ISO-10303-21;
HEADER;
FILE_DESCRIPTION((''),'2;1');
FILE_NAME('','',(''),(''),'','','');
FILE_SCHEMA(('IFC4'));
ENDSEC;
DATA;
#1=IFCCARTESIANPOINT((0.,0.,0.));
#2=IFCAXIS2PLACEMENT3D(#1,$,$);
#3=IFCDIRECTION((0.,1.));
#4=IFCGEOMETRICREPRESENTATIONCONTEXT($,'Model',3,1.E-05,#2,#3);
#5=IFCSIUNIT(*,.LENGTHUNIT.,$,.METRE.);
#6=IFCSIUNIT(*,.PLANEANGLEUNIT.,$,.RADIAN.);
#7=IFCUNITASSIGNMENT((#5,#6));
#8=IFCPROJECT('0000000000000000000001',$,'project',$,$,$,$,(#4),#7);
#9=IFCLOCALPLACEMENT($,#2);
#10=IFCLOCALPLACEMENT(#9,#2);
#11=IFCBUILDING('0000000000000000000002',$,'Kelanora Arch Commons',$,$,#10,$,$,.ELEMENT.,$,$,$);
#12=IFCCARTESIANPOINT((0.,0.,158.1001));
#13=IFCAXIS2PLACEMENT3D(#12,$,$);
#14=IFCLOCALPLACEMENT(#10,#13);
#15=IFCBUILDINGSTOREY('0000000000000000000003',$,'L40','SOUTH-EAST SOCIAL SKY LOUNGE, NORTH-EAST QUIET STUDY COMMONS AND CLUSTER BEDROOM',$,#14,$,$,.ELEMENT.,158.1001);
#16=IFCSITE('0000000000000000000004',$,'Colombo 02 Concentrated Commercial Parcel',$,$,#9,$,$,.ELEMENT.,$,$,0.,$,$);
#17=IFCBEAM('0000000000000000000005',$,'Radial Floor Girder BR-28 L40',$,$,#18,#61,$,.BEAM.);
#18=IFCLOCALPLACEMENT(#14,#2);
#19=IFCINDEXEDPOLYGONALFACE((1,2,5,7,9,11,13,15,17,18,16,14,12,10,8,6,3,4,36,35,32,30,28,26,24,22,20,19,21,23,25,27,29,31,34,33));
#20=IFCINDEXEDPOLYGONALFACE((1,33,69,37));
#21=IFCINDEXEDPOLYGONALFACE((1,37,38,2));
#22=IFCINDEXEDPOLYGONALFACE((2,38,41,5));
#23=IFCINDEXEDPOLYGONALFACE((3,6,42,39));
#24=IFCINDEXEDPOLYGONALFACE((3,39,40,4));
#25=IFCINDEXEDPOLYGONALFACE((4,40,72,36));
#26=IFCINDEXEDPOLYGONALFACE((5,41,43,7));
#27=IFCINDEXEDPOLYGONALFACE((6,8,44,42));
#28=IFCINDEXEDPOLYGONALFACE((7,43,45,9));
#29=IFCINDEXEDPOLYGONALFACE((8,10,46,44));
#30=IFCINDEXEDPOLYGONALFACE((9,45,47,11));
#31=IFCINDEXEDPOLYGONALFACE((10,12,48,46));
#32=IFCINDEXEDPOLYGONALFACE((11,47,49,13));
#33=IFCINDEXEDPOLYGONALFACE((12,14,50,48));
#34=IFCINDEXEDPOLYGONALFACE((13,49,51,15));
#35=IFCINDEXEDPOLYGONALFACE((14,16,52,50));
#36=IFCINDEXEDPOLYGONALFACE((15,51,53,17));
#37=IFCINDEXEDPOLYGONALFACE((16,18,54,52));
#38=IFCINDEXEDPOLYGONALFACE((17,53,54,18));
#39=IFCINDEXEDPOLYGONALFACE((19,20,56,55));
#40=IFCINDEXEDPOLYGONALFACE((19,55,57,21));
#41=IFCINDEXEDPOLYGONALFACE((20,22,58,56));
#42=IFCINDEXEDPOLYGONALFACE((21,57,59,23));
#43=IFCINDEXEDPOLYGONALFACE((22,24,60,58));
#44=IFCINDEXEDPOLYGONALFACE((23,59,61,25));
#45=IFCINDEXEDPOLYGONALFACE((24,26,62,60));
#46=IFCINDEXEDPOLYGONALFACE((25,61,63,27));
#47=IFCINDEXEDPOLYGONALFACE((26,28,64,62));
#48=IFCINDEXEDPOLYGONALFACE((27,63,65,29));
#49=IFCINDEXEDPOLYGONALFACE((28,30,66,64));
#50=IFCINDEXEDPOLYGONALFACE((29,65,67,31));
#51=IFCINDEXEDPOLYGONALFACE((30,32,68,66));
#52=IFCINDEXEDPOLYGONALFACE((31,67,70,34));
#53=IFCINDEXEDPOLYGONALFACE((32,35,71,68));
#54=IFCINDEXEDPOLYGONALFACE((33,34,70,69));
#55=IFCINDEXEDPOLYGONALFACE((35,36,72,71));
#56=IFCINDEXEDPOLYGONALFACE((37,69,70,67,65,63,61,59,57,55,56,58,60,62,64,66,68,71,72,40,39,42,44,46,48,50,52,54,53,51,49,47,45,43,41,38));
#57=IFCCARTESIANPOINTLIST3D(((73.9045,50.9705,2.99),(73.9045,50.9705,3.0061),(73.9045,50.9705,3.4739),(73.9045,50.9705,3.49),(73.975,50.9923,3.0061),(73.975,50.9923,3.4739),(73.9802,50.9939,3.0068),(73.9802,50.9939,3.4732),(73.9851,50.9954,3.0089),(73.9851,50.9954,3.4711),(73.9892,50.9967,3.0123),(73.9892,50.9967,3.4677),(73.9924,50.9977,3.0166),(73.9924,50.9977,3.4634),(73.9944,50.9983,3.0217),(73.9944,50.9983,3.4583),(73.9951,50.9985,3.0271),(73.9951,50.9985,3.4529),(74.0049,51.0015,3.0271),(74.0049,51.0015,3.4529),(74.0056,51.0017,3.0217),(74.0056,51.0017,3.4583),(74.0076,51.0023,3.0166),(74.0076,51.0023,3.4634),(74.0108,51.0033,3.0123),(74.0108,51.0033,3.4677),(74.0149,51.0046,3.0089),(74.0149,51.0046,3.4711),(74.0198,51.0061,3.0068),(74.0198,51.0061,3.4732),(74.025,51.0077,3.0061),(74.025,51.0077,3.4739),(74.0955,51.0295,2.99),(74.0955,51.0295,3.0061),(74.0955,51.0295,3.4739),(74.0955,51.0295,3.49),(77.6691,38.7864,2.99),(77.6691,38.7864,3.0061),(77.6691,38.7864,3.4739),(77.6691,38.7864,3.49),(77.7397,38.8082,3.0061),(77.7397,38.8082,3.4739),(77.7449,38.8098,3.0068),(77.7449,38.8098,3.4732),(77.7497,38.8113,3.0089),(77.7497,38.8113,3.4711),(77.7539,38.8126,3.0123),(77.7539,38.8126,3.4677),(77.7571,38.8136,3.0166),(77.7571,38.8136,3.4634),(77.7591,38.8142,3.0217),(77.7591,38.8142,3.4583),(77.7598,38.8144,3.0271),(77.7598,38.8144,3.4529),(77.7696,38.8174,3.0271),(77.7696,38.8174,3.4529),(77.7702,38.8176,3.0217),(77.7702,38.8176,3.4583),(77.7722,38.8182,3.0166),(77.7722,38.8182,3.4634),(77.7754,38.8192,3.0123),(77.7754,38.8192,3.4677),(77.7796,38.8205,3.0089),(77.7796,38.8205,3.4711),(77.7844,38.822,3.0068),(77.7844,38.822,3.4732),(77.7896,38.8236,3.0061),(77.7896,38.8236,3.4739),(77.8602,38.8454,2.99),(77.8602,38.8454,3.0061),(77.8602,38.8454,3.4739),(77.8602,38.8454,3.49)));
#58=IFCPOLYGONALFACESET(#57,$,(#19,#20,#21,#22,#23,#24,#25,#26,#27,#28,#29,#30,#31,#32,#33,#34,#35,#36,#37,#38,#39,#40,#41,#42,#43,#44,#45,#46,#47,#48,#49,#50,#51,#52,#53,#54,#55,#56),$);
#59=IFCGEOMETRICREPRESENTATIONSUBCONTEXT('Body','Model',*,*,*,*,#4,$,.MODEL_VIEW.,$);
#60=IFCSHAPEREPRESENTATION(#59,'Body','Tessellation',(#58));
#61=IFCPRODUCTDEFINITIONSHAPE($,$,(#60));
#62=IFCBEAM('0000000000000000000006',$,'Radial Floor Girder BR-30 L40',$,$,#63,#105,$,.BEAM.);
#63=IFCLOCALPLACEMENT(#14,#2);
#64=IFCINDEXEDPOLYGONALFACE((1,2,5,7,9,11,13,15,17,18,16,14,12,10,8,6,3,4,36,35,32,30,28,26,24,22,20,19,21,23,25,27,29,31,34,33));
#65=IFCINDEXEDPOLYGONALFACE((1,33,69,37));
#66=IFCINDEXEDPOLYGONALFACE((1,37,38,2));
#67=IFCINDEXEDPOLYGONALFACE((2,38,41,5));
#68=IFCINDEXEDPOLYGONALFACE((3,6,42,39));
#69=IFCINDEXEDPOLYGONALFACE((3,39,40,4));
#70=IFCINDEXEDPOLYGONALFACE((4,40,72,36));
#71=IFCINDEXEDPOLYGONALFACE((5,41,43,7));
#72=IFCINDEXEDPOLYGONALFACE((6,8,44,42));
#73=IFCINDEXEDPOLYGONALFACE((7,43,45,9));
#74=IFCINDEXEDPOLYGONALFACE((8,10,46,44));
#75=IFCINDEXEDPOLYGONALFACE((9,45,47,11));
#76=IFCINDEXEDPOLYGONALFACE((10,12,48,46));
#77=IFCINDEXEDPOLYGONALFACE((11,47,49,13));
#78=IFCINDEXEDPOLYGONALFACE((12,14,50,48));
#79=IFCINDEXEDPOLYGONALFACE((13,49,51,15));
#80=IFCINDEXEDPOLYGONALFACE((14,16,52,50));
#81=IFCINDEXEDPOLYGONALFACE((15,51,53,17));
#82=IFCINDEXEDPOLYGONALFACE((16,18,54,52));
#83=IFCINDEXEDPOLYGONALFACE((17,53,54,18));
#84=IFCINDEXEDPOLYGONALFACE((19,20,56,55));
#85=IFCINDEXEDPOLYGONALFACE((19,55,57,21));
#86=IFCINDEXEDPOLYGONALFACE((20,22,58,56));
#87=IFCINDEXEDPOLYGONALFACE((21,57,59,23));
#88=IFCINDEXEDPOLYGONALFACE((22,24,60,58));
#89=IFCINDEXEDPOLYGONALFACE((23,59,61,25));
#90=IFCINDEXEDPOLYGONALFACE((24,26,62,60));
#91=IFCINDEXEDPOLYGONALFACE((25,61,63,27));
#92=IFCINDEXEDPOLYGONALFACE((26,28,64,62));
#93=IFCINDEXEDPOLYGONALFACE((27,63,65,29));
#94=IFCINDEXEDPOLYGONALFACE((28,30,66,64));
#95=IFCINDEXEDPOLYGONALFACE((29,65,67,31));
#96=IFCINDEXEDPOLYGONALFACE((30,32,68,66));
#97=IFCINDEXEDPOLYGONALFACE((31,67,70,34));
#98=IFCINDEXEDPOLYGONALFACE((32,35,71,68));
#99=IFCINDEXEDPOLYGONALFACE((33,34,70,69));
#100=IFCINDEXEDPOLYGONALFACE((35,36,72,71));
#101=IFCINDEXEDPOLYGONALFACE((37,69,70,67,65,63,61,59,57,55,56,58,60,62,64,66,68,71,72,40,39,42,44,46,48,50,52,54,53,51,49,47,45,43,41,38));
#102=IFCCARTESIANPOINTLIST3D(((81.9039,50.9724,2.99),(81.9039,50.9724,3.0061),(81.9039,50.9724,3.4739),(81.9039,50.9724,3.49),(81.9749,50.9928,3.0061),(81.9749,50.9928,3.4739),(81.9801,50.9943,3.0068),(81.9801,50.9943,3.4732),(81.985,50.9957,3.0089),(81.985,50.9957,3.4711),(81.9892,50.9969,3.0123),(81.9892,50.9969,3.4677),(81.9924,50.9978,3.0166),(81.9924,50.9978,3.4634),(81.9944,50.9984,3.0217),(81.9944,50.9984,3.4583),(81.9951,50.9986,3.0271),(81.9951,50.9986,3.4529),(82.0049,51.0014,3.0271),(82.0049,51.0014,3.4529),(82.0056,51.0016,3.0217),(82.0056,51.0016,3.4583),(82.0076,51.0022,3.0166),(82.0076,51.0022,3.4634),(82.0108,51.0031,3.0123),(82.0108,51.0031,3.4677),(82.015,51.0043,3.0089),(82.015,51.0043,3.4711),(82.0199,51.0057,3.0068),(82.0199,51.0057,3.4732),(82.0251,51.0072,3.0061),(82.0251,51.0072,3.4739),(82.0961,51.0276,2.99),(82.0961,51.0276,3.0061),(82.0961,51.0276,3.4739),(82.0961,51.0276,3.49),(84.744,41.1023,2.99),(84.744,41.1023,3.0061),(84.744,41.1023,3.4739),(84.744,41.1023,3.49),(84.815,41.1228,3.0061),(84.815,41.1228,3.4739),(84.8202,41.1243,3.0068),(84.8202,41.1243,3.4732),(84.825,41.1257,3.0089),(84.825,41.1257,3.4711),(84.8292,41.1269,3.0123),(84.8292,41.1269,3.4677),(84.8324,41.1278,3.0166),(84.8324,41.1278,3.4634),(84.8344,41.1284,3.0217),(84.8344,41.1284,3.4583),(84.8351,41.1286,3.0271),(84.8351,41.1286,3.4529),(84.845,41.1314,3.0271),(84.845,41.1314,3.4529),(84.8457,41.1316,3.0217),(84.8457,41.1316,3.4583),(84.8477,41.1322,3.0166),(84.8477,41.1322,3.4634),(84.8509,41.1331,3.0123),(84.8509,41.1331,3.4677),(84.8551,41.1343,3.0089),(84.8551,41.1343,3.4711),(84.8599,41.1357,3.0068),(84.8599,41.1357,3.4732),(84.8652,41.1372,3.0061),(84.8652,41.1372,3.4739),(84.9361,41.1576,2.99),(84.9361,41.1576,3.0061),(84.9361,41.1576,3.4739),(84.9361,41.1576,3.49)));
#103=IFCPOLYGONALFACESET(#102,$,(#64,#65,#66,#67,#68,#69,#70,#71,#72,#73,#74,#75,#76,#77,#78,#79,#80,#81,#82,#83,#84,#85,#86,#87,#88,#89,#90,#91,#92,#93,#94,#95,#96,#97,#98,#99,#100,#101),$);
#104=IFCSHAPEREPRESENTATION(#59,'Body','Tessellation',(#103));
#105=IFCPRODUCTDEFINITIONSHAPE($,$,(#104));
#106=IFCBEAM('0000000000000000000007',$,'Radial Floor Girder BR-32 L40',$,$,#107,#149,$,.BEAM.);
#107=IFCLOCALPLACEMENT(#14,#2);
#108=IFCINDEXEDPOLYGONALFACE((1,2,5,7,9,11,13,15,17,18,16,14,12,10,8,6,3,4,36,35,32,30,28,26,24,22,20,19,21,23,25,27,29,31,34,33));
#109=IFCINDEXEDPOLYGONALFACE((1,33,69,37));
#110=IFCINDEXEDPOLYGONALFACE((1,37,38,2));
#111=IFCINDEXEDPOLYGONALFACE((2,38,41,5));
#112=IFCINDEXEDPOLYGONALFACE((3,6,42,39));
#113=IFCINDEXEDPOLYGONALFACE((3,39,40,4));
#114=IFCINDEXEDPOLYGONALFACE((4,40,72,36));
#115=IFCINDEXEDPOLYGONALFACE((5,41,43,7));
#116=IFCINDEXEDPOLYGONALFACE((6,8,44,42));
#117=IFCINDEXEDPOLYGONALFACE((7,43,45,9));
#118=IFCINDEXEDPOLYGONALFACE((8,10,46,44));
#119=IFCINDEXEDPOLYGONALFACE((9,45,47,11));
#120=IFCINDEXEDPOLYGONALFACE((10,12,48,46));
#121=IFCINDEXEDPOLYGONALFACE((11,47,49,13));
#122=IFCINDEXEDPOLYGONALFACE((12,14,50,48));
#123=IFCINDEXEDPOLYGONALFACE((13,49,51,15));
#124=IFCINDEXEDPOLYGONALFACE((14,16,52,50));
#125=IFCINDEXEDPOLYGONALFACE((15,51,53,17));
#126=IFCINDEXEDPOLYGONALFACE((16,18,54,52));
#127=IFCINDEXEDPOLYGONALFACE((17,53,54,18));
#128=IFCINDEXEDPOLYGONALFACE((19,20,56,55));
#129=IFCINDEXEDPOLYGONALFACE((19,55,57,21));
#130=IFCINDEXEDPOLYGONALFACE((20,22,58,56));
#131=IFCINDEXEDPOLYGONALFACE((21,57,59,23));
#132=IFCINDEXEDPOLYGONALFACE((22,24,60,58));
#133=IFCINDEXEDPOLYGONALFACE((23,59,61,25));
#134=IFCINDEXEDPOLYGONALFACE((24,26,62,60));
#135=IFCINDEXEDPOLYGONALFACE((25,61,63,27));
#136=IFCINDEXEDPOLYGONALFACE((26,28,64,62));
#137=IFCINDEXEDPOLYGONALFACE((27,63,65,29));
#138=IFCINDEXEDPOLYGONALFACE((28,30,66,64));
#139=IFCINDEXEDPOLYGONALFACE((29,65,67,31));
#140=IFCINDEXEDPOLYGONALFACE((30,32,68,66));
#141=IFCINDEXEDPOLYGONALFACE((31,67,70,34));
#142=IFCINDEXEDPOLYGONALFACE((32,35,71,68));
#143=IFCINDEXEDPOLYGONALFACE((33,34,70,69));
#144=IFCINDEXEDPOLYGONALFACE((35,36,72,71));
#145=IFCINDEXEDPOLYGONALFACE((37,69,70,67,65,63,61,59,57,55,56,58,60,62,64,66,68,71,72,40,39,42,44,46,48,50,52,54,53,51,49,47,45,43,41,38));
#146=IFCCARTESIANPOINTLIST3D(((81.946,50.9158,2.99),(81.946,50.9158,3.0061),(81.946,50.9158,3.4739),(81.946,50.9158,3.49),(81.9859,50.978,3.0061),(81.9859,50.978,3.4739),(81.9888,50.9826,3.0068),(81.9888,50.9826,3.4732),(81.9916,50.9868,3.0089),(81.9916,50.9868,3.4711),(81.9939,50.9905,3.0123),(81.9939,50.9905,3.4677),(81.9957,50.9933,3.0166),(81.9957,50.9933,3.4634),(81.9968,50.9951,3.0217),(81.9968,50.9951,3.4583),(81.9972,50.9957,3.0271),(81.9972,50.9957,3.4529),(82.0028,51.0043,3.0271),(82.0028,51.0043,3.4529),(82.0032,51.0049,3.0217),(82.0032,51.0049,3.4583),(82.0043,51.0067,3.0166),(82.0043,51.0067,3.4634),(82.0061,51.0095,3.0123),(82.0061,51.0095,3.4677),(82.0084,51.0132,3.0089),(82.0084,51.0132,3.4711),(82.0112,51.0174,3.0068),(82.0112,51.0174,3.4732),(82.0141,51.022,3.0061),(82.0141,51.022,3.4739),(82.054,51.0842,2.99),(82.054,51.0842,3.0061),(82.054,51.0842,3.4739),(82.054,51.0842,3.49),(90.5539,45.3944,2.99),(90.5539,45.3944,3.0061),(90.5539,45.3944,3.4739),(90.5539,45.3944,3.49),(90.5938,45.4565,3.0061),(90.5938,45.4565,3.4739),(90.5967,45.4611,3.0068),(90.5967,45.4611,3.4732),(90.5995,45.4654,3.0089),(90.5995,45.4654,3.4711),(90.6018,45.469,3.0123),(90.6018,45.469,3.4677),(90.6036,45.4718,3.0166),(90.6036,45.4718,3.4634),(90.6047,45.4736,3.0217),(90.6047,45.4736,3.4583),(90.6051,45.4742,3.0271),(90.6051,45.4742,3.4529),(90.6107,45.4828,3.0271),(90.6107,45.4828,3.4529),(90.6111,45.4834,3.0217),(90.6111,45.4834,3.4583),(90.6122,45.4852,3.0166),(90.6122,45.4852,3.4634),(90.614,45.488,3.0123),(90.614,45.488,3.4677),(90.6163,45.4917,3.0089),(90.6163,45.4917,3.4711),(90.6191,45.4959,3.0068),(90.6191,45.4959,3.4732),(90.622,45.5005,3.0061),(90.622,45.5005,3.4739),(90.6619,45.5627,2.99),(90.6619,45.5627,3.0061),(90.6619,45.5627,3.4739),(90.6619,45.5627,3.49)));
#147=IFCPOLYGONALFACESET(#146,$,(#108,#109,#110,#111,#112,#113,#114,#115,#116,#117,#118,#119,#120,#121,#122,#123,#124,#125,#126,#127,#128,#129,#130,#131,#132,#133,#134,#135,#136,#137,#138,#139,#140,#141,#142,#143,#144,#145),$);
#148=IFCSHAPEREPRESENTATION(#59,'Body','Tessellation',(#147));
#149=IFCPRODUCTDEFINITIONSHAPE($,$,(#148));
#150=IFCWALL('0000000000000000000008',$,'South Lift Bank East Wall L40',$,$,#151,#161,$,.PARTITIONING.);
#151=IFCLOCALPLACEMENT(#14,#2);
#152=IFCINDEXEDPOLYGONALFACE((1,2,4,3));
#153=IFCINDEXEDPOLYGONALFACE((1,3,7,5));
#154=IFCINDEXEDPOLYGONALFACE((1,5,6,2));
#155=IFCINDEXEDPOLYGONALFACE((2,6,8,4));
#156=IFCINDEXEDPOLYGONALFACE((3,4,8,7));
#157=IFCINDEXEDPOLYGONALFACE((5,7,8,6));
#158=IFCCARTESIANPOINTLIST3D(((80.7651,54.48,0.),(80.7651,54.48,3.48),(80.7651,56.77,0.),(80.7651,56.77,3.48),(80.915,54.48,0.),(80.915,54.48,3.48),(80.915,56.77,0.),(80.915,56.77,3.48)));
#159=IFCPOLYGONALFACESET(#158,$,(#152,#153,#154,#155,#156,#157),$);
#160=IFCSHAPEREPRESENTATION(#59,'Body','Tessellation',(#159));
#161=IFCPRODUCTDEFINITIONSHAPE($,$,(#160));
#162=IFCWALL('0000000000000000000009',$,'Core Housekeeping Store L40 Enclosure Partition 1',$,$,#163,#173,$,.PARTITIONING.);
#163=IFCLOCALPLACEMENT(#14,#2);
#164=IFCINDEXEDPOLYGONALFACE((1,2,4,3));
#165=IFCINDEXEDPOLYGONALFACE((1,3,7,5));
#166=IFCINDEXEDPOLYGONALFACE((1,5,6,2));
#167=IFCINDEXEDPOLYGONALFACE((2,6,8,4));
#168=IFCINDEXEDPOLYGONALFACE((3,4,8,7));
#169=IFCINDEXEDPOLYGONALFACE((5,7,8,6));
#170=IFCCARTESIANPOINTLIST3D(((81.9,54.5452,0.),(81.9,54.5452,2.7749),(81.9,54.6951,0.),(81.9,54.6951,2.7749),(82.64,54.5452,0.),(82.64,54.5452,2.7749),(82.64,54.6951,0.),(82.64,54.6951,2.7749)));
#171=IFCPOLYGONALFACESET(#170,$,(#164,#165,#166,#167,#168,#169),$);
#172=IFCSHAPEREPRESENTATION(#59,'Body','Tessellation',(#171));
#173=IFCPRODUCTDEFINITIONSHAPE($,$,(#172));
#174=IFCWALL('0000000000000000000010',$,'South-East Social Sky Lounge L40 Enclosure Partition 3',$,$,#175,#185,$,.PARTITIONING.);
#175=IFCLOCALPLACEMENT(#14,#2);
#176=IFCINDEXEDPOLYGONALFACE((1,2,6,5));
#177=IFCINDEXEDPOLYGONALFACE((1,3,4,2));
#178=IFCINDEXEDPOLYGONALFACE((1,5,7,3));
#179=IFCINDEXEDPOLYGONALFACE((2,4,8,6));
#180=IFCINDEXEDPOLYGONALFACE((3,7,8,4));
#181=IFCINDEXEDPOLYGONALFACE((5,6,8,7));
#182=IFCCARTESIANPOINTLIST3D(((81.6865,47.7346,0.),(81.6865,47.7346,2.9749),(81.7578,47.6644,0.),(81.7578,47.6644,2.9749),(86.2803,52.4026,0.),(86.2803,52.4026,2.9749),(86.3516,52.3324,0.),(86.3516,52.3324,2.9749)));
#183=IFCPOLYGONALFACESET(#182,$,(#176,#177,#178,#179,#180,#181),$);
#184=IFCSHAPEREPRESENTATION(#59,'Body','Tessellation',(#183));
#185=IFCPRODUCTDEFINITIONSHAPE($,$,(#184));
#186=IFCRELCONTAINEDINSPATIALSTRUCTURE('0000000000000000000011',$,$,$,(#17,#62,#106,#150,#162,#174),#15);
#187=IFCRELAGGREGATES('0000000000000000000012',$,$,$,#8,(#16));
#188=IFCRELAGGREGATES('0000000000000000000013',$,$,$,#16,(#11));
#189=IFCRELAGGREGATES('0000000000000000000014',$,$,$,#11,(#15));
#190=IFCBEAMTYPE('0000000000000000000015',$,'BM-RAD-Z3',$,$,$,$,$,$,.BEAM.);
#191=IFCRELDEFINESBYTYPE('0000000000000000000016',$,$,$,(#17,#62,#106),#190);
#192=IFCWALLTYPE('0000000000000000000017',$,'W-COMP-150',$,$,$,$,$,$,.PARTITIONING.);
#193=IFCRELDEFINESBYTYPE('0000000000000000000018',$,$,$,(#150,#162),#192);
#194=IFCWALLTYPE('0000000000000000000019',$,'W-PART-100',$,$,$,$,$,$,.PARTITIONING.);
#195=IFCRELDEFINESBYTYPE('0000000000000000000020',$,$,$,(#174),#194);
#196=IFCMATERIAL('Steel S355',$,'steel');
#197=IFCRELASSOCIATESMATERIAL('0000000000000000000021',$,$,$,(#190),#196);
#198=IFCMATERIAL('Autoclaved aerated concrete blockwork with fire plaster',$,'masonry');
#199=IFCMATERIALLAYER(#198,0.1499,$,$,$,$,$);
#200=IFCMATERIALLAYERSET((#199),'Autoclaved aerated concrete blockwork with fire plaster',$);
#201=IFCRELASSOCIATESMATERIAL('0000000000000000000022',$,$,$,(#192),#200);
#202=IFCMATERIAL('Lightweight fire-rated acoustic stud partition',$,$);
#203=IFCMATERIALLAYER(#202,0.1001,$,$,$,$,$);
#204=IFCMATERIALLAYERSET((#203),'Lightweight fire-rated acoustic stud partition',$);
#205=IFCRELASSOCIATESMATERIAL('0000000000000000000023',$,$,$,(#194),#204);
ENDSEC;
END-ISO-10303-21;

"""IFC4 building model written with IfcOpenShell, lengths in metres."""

from ifc_helpers import new_model, si_unit, direction, frame, frame_2d, origin, origin_2d, place, context, subcontext, project, spatial, rectangle, i_section, extrude, material, layer, layer_set, material_profile, profile_set, type_object, element, save


model = new_model("IFC4")

# Units and contexts
model_context = context("Model", 3, precision=1e-05, world=origin(), true_north=direction((0.0, 1.0)))
body_context = subcontext(model_context, "Body", "Model", "MODEL_VIEW")
ifc_project = project(units=[si_unit("LENGTHUNIT", "METRE"), si_unit("PLANEANGLEUNIT", "RADIAN")], contexts=[model_context])

# Site, building, storey
site_placement = place(None, origin())
site = spatial("IfcSite", under=ifc_project, at=site_placement, Name="Colombo 02 Concentrated Commercial Parcel", CompositionType="ELEMENT", RefElevation=0.0)
building_placement = place(site_placement, origin())
building = spatial("IfcBuilding", under=site, at=building_placement, Name="Kelanora Arch Commons", CompositionType="ELEMENT")
storey_placement = place(building_placement, frame((0.0, 0.0, 158.1001)))
storey = spatial("IfcBuildingStorey", under=building, at=storey_placement, Name="L40", Description="SOUTH-EAST SOCIAL SKY LOUNGE, NORTH-EAST QUIET STUDY COMMONS AND CLUSTER BEDROOM", CompositionType="ELEMENT", Elevation=158.1001)

# Beams
ifc_material_1 = material(Name="Steel S355", Category="steel")
ifc_material_profile_1 = material_profile(ifc_material_1, i_section(OverallWidth=0.2, OverallDepth=0.5, WebThickness=0.0103, FlangeThickness=0.0161, FilletRadius=0.021, at=origin_2d()), Name="IPE500")
ifc_profile_set_1 = profile_set([ifc_material_profile_1], Name="Steel S355")
beam_type_1 = type_object("IfcBeamType", Name="BM-RAD-Z3", PredefinedType="BEAM", material=ifc_profile_set_1)
for number, where, z_axis, x_axis, name in (
    (1, (74.0, 51.0, 3.24), (0.29521, -0.955432, 0.0), (0.955432, 0.29521, 0.0), "Radial Floor Girder BR-28 L40"),
):
    element("IfcBeam", number, at=place(storey_placement, frame(where, z_axis=z_axis, x_axis=x_axis)), inside=storey, type_object=beam_type_1, Name=name, PredefinedType="BEAM", context=body_context, shape_type="SweptSolid", body=[
        extrude(i_section(OverallWidth=0.2, OverallDepth=0.5, WebThickness=0.0103, FlangeThickness=0.0161, FilletRadius=0.021, at=origin_2d()), origin(), (0.0, 0.0, 1.0), 12.7524),
    ])
beam_1_placement = place(storey_placement, frame((82.0, 51.0, 3.24), z_axis=(0.276526, -0.961006, 0.0), x_axis=(0.961006, 0.276526, 0.0)))
element("IfcBeam", 2, at=beam_1_placement, inside=storey, type_object=beam_type_1, Name="Radial Floor Girder BR-30 L40", PredefinedType="BEAM", context=body_context, shape_type="SweptSolid", body=[
    extrude(i_section(OverallWidth=0.2, OverallDepth=0.5, WebThickness=0.0103, FlangeThickness=0.0161, FilletRadius=0.021, at=origin_2d()), origin(), (0.0, 0.0, 1.0), 10.2705),
])
beam_2_placement = place(storey_placement, frame((82.0, 51.0, 3.24), z_axis=(0.841719, -0.539915, 0.0), x_axis=(0.539915, 0.841719, 0.0)))
element("IfcBeam", 3, at=beam_2_placement, inside=storey, type_object=beam_type_1, Name="Radial Floor Girder BR-32 L40", PredefinedType="BEAM", context=body_context, shape_type="SweptSolid", body=[
    extrude(i_section(OverallWidth=0.2, OverallDepth=0.5, WebThickness=0.0103, FlangeThickness=0.0161, FilletRadius=0.021, at=origin_2d()), origin(), (0.0, 0.0, 1.0), 10.2266),
])

# Walls
ifc_material_2 = material(Name="Autoclaved aerated concrete blockwork with fire plaster", Category="masonry")
ifc_layer_1 = layer(ifc_material_2, 0.1499)
ifc_layer_set_1 = layer_set([ifc_layer_1], Name="Autoclaved aerated concrete blockwork with fire plaster")
wall_type_1 = type_object("IfcWallType", Name="W-COMP-150", PredefinedType="PARTITIONING", material=ifc_layer_set_1)
wall_1_placement = place(storey_placement, frame((80.8401, 54.48, 0.0), z_axis=(0.0, 0.0, 1.0), x_axis=(0.0, 1.0, 0.0)))
element("IfcWall", 4, at=wall_1_placement, inside=storey, type_object=wall_type_1, Name="South Lift Bank East Wall L40", PredefinedType="PARTITIONING", context=body_context, shape_type="SweptSolid", body=[
    extrude(rectangle(XDim=2.29, YDim=0.1499, at=frame_2d((1.145, 0.0))), origin(), (0.0, 0.0, 1.0), 3.48),
])
wall_2_placement = place(storey_placement, frame((81.8999, 54.6201, 0.0), z_axis=(0.0, 0.0, 1.0), x_axis=(1.0, 0.0, 0.0)))
element("IfcWall", 5, at=wall_2_placement, inside=storey, type_object=wall_type_1, Name="Core Housekeeping Store L40 Enclosure Partition 1", PredefinedType="PARTITIONING", context=body_context, shape_type="SweptSolid", body=[
    extrude(rectangle(XDim=0.74, YDim=0.1499, at=frame_2d((0.3701, 0.0))), origin(), (0.0, 0.0, 1.0), 2.7749),
])
ifc_material_3 = material(Name="Lightweight fire-rated acoustic stud partition")
ifc_layer_2 = layer(ifc_material_3, 0.1001)
ifc_layer_set_2 = layer_set([ifc_layer_2], Name="Lightweight fire-rated acoustic stud partition")
wall_type_2 = type_object("IfcWallType", Name="W-PART-100", PredefinedType="PARTITIONING", material=ifc_layer_set_2)
wall_3_placement = place(storey_placement, frame((81.7222, 47.6995, 0.0), z_axis=(0.0, 0.0, 1.0), x_axis=(0.701418, 0.71275, 0.0)))
element("IfcWall", 6, at=wall_3_placement, inside=storey, type_object=wall_type_2, Name="South-East Social Sky Lounge L40 Enclosure Partition 3", PredefinedType="PARTITIONING", context=body_context, shape_type="SweptSolid", body=[
    extrude(rectangle(XDim=6.5493, YDim=0.1001, at=frame_2d((3.2747, 0.0))), origin(), (0.0, 0.0, 1.0), 2.9749),
])

save(model, "model.ifc")
